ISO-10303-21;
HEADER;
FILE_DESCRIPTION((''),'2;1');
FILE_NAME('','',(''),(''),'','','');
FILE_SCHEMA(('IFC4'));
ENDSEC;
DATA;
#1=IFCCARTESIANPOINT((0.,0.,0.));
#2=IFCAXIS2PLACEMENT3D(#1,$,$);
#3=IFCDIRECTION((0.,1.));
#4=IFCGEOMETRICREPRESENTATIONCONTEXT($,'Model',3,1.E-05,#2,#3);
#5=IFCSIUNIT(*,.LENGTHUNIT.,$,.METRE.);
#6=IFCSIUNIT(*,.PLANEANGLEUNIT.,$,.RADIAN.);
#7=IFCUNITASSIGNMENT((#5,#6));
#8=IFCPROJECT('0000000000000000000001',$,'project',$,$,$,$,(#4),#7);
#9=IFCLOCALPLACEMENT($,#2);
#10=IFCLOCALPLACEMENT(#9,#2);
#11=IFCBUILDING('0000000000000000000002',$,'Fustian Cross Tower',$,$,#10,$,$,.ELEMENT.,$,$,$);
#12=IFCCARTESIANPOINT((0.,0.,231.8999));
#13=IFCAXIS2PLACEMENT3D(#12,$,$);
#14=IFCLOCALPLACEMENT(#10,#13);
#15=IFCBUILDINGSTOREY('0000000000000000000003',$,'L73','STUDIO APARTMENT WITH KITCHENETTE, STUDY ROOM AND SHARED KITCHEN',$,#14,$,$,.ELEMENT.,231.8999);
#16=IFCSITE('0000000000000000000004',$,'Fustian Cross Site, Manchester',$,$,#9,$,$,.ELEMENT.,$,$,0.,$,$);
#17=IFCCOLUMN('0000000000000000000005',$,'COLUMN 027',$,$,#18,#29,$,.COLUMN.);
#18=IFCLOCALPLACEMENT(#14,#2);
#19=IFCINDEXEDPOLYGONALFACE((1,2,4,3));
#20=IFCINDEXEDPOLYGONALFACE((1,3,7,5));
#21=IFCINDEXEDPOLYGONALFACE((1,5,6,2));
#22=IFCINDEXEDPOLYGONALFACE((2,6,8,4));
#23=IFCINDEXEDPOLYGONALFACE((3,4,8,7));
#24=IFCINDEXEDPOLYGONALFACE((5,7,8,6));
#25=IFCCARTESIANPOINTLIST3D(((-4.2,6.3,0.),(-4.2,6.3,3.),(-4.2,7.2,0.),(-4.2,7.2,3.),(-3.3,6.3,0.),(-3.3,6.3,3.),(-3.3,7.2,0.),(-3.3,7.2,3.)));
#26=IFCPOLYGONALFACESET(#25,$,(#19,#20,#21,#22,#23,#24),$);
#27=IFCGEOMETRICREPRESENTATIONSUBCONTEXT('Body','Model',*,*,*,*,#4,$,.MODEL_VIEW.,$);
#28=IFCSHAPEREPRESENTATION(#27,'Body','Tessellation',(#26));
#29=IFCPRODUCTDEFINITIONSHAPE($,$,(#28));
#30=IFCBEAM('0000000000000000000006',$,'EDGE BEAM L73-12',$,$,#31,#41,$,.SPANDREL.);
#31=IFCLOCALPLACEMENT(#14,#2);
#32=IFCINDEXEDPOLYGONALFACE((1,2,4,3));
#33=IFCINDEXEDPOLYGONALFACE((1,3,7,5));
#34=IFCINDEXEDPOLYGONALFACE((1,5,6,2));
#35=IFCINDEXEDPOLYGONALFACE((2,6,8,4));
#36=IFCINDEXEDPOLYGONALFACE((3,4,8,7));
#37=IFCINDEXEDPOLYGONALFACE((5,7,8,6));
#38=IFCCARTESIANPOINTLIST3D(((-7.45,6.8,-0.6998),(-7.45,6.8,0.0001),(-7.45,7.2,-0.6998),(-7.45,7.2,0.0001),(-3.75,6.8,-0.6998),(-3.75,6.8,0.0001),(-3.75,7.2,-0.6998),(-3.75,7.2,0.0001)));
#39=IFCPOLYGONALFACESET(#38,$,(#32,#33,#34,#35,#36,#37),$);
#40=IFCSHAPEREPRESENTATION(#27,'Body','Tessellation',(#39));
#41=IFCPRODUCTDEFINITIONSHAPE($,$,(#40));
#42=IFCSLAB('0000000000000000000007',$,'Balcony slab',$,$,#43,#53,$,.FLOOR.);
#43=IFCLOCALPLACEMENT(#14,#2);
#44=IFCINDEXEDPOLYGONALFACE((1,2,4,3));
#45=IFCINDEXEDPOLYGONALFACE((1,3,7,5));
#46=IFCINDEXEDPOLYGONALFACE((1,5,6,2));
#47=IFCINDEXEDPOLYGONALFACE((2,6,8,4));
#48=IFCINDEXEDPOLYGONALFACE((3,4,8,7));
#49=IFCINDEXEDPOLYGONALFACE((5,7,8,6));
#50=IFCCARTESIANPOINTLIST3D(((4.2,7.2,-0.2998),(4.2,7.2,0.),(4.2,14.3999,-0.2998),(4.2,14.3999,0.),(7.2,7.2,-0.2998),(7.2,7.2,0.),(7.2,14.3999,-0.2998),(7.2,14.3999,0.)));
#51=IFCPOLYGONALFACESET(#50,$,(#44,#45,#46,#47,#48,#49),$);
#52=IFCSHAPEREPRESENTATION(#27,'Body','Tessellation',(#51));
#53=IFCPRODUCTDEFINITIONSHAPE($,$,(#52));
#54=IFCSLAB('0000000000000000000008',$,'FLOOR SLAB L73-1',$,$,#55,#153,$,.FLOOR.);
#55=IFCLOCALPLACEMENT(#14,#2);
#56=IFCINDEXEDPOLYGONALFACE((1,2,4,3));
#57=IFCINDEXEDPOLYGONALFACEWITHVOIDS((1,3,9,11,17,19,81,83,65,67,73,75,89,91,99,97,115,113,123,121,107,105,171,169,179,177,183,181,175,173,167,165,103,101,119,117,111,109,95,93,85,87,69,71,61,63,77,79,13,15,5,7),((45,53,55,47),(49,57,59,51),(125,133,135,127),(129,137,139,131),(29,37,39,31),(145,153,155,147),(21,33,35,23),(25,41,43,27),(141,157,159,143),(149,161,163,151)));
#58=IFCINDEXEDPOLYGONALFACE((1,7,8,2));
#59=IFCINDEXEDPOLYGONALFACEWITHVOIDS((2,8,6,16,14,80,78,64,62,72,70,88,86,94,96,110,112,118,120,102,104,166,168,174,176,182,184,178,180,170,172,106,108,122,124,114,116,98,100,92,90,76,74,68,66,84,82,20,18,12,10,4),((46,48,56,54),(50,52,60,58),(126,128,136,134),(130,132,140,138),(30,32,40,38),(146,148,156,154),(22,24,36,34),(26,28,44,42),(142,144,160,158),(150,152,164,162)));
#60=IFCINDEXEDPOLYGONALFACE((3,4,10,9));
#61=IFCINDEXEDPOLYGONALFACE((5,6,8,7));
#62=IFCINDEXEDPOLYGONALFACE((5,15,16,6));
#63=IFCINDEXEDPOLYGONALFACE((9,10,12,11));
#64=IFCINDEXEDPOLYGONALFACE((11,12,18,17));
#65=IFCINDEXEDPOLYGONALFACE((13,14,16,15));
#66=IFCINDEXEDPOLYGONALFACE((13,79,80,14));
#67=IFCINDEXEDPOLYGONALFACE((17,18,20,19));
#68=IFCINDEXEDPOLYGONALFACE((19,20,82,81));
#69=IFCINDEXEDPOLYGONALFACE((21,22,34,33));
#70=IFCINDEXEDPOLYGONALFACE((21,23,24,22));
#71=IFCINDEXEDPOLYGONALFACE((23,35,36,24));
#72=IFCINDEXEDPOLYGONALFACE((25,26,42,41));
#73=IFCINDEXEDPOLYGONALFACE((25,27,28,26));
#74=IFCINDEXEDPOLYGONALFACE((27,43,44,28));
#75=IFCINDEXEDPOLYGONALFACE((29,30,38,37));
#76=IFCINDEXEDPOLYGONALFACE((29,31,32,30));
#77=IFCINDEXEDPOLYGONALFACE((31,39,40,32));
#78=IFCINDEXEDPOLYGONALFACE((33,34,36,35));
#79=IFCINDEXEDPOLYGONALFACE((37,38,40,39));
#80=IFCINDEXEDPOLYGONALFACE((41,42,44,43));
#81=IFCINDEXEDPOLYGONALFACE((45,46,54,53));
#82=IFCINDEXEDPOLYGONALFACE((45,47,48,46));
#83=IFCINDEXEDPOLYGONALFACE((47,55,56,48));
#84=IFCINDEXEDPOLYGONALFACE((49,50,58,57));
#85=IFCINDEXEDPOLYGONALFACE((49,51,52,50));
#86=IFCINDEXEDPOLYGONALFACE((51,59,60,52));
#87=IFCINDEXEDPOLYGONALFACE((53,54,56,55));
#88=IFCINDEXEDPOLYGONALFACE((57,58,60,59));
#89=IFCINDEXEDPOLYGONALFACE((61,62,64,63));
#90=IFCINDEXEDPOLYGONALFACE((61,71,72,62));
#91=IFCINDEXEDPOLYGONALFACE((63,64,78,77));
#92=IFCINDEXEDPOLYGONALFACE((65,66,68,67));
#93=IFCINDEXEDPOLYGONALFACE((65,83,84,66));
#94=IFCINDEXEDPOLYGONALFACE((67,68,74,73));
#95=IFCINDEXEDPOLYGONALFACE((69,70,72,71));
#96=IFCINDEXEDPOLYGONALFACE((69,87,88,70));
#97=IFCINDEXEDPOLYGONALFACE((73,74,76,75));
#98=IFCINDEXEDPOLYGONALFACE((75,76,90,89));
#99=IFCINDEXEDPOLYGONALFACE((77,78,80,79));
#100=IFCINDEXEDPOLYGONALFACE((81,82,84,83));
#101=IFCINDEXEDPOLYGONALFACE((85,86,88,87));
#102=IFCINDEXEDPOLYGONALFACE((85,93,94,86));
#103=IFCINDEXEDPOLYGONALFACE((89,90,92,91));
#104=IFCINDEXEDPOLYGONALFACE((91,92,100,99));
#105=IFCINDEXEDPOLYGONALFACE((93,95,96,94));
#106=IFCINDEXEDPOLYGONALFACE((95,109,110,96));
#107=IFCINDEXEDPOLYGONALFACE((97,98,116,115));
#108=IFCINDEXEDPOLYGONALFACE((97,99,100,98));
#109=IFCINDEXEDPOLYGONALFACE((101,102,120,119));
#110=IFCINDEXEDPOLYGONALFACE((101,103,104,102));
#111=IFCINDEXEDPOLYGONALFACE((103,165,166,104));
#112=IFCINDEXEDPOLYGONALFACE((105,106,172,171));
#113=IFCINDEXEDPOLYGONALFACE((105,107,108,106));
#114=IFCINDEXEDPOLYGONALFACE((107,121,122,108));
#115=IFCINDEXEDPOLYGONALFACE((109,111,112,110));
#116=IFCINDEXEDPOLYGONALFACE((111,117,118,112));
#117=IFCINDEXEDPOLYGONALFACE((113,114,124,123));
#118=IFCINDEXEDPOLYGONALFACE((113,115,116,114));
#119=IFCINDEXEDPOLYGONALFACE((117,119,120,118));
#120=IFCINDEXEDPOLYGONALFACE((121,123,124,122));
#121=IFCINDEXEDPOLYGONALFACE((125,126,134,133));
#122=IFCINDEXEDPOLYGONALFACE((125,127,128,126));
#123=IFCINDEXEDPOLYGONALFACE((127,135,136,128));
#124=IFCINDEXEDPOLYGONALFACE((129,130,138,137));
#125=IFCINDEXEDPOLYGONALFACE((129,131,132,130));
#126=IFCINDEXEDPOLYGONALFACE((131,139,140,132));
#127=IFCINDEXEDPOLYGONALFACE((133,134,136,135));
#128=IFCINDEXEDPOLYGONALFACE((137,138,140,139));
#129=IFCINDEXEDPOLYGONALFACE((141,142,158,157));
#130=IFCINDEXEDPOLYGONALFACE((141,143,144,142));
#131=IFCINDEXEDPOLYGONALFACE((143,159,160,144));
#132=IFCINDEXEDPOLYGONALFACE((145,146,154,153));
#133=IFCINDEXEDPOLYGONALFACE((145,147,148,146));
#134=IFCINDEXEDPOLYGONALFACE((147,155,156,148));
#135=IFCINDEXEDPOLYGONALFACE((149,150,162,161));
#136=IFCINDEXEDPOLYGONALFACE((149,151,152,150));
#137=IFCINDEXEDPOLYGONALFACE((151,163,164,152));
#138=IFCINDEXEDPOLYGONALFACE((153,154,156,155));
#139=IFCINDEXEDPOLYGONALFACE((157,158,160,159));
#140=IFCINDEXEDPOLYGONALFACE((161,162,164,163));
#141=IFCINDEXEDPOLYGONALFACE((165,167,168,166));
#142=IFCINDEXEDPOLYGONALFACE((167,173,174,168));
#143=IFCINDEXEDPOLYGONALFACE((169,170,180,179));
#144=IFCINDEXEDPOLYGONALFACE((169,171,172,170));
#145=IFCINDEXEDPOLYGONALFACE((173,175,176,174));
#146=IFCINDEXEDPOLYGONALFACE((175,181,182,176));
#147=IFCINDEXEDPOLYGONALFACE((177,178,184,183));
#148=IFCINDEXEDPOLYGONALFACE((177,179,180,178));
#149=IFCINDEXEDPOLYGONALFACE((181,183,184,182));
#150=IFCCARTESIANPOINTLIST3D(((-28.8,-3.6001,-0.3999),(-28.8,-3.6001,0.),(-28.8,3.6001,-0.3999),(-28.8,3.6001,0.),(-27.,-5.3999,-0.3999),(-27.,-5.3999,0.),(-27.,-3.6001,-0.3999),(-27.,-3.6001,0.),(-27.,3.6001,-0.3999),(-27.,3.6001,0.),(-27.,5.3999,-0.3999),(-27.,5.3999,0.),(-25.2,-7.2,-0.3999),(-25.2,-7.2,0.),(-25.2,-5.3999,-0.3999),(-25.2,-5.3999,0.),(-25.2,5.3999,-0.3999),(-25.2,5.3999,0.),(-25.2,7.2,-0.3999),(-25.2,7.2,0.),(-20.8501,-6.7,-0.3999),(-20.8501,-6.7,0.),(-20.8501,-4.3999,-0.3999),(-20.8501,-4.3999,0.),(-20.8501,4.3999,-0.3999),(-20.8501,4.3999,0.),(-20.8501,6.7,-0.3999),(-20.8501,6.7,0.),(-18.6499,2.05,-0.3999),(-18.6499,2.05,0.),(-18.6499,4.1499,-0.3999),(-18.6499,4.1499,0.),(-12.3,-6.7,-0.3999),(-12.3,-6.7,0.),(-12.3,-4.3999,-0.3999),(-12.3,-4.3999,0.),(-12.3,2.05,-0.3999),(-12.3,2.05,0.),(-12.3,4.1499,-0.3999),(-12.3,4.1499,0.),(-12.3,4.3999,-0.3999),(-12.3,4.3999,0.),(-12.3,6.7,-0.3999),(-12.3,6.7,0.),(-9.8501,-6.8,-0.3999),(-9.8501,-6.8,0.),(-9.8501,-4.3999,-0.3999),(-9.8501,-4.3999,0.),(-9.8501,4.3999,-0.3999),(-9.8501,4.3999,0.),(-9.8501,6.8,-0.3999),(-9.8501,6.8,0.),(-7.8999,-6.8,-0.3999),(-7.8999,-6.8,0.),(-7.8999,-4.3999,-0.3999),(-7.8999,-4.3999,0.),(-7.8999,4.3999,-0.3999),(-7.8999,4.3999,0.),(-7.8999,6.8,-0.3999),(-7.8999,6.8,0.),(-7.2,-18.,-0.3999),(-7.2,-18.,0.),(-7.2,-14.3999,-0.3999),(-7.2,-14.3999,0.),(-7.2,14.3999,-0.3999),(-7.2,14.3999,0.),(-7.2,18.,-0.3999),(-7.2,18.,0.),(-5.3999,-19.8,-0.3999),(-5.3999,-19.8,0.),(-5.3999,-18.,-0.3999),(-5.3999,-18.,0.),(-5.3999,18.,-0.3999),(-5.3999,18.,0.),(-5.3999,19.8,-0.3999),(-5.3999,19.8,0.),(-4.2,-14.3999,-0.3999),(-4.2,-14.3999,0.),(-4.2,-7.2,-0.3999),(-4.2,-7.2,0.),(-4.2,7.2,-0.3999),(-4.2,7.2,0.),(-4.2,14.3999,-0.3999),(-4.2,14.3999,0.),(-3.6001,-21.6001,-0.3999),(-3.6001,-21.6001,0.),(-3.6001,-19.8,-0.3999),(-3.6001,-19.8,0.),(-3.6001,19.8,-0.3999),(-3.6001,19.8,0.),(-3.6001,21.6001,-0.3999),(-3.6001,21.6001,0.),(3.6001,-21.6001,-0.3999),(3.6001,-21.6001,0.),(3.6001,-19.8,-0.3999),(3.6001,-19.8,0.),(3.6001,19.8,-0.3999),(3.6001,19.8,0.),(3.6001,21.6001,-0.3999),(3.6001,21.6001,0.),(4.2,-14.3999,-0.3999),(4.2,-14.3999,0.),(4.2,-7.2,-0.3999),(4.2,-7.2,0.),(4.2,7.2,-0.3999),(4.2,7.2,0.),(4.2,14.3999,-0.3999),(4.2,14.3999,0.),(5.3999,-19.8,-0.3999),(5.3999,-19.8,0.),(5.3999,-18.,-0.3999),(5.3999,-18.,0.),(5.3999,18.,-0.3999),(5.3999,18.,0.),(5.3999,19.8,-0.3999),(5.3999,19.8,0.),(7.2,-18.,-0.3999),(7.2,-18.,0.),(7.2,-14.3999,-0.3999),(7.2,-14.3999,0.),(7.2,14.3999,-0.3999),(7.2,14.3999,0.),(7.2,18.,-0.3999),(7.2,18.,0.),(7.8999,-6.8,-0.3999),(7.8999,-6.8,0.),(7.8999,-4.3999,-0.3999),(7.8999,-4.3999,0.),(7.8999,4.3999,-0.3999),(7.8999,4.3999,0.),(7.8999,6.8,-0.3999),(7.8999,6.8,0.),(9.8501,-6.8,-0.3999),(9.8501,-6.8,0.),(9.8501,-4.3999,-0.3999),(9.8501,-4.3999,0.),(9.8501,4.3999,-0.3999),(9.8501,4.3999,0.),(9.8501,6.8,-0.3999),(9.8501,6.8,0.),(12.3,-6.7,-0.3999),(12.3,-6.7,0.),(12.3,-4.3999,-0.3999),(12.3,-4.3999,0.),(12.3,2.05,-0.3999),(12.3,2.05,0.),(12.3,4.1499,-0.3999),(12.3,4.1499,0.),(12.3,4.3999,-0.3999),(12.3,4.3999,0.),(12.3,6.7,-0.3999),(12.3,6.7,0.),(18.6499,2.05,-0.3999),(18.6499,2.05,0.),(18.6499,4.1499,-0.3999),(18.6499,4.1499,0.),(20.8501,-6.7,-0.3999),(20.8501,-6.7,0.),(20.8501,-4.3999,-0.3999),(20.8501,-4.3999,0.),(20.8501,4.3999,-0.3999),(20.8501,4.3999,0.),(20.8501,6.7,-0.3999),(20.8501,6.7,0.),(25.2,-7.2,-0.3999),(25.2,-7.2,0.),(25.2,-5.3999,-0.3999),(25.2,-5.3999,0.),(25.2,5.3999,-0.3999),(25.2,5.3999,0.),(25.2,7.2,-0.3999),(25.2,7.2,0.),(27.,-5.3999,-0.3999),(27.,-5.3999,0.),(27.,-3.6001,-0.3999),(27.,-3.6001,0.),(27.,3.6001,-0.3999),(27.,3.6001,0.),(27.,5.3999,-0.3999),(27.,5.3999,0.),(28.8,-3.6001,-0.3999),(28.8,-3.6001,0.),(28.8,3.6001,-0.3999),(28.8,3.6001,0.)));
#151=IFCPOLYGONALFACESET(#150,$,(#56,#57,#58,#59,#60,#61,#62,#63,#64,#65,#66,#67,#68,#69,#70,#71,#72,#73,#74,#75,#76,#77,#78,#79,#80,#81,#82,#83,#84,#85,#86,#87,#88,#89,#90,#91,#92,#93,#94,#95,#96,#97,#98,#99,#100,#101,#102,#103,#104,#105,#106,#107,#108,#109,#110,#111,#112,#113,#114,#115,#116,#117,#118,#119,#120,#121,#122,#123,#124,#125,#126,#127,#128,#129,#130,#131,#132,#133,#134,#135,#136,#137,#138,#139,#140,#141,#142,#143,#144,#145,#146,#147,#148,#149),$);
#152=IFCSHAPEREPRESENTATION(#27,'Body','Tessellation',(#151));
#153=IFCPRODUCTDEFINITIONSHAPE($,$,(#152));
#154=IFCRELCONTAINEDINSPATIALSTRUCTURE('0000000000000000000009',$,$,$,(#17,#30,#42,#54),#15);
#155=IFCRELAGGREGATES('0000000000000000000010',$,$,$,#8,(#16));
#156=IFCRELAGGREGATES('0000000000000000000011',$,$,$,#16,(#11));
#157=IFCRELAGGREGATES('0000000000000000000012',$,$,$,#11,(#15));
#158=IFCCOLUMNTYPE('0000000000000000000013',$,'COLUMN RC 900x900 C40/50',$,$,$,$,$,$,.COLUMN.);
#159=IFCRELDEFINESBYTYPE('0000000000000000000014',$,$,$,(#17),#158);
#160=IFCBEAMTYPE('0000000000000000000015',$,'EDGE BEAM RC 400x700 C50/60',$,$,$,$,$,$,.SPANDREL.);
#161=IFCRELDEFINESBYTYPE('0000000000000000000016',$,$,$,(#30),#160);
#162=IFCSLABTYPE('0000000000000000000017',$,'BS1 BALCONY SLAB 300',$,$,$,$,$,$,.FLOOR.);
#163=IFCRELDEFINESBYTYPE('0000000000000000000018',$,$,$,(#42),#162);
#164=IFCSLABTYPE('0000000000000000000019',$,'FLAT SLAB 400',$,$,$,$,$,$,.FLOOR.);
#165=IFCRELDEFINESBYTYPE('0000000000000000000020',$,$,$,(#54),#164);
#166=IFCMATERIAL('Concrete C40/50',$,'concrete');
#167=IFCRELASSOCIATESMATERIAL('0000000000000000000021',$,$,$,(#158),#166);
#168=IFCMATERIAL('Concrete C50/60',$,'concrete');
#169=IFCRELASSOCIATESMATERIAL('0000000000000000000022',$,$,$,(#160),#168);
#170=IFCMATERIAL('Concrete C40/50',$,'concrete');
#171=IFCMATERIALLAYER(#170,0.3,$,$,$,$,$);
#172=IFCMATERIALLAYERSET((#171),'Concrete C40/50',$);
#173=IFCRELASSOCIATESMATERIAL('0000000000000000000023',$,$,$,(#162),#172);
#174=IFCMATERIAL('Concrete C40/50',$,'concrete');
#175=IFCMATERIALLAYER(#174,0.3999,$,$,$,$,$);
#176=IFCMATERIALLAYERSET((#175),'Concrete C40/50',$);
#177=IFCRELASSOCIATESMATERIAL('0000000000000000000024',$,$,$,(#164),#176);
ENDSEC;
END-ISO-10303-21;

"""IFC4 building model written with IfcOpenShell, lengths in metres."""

from ifc_helpers import new_model, si_unit, direction, frame, origin, origin_2d, place, context, subcontext, project, spatial, polyline, rectangle, outline, extrude, material, layer, layer_set, material_profile, profile_set, type_object, element, save


model = new_model("IFC4")

# Units and contexts
model_context = context("Model", 3, precision=1e-05, world=origin(), true_north=direction((0.0, 1.0)))
body_context = subcontext(model_context, "Body", "Model", "MODEL_VIEW")
ifc_project = project(units=[si_unit("LENGTHUNIT", "METRE"), si_unit("PLANEANGLEUNIT", "RADIAN")], contexts=[model_context])

# Site, building, storey
site_placement = place(None, origin())
site = spatial("IfcSite", under=ifc_project, at=site_placement, Name="Fustian Cross Site, Manchester", CompositionType="ELEMENT", RefElevation=0.0)
building_placement = place(site_placement, origin())
building = spatial("IfcBuilding", under=site, at=building_placement, Name="Fustian Cross Tower", CompositionType="ELEMENT")
storey_placement = place(building_placement, frame((0.0, 0.0, 231.8999)))
storey = spatial("IfcBuildingStorey", under=building, at=storey_placement, Name="L73", Description="STUDIO APARTMENT WITH KITCHENETTE, STUDY ROOM AND SHARED KITCHEN", CompositionType="ELEMENT", Elevation=231.8999)

# Column
ifc_material_1 = material(Name="Concrete C40/50", Category="concrete")
ifc_material_profile_1 = material_profile(ifc_material_1, rectangle(XDim=0.8999, YDim=0.8999, at=origin_2d()), Name="RC 900x900")
ifc_profile_set_1 = profile_set([ifc_material_profile_1], Name="Concrete C40/50")
column_type = type_object("IfcColumnType", Name="COLUMN RC 900x900 C40/50", PredefinedType="COLUMN", material=ifc_profile_set_1)
column_placement = place(storey_placement, frame((-3.75, 6.75, 0.0), z_axis=(0.0, 0.0, 1.0), x_axis=(1.0, 0.0, 0.0)))
element("IfcColumn", 1, at=column_placement, inside=storey, type_object=column_type, Name="COLUMN 027", PredefinedType="COLUMN", context=body_context, shape_type="SweptSolid", body=[
    extrude(rectangle(XDim=0.8999, YDim=0.8999, at=origin_2d()), origin(), (0.0, 0.0, 1.0), 3.0),
])

# Beam
ifc_material_2 = material(Name="Concrete C50/60", Category="concrete")
ifc_material_profile_2 = material_profile(ifc_material_2, rectangle(XDim=0.3999, YDim=0.7, at=origin_2d()), Name="RC 400x700")
ifc_profile_set_2 = profile_set([ifc_material_profile_2], Name="Concrete C50/60")
beam_type = type_object("IfcBeamType", Name="EDGE BEAM RC 400x700 C50/60", PredefinedType="SPANDREL", material=ifc_profile_set_2)
beam_placement = place(storey_placement, frame((-3.75, 7.0, -0.3499), z_axis=(-1.0, 0.0, 0.0), x_axis=(0.0, -1.0, 0.0)))
element("IfcBeam", 2, at=beam_placement, inside=storey, type_object=beam_type, Name="EDGE BEAM L73-12", PredefinedType="SPANDREL", context=body_context, shape_type="SweptSolid", body=[
    extrude(rectangle(XDim=0.3999, YDim=0.7, at=origin_2d()), origin(), (0.0, 0.0, 1.0), 3.7),
])

# Slabs
ifc_material_3 = material(Name="Concrete C40/50", Category="concrete")
ifc_layer_1 = layer(ifc_material_3, 0.3)
ifc_layer_set_1 = layer_set([ifc_layer_1], Name="Concrete C40/50")
slab_type_1 = type_object("IfcSlabType", Name="BS1 BALCONY SLAB 300", PredefinedType="FLOOR", material=ifc_layer_set_1)
slab_1_placement = place(storey_placement, frame((0.0, 0.0, -0.2998)))
element("IfcSlab", 3, at=slab_1_placement, inside=storey, type_object=slab_type_1, Name="Balcony slab", PredefinedType="FLOOR", context=body_context, shape_type="SweptSolid", body=[
    extrude(outline(polyline([(4.2, 7.2), (7.2, 7.2), (7.2, 14.3999), (4.2, 14.3999), (4.2, 7.2)])), origin(), (0.0, 0.0, 1.0), 0.2998),
])
ifc_material_4 = material(Name="Concrete C40/50", Category="concrete")
ifc_layer_2 = layer(ifc_material_4, 0.3999)
ifc_layer_set_2 = layer_set([ifc_layer_2], Name="Concrete C40/50")
slab_type_2 = type_object("IfcSlabType", Name="FLAT SLAB 400", PredefinedType="FLOOR", material=ifc_layer_set_2)
slab_2_placement = place(storey_placement, frame((0.0, 0.0, -0.3999)))
element("IfcSlab", 4, at=slab_2_placement, inside=storey, type_object=slab_type_2, Name="FLOOR SLAB L73-1", PredefinedType="FLOOR", context=body_context, shape_type="SweptSolid", body=[
    extrude(outline(polyline([(-3.6001, -19.8), (-5.3999, -19.8), (-5.3999, -18.0), (-7.2, -18.0), (-7.2, -14.3999), (-4.2, -14.3999), (-4.2, -7.2), (-25.2, -7.2), (-25.2, -5.3999), (-27.0, -5.3999), (-27.0, -3.6001), (-28.8, -3.6001), (-28.8, 3.6001), (-27.0, 3.6001), (-27.0, 5.3999), (-25.2, 5.3999), (-25.2, 7.2), (-4.2, 7.2), (-4.2, 14.3999), (-7.2, 14.3999), (-7.2, 18.0), (-5.3999, 18.0), (-5.3999, 19.8), (-3.6001, 19.8), (-3.6001, 21.6001), (3.6001, 21.6001), (3.6001, 19.8), (5.3999, 19.8), (5.3999, 18.0), (7.2, 18.0), (7.2, 14.3999), (4.2, 14.3999), (4.2, 7.2), (25.2, 7.2), (25.2, 5.3999), (27.0, 5.3999), (27.0, 3.6001), (28.8, 3.6001), (28.8, -3.6001), (27.0, -3.6001), (27.0, -5.3999), (25.2, -5.3999), (25.2, -7.2), (4.2, -7.2), (4.2, -14.3999), (7.2, -14.3999), (7.2, -18.0), (5.3999, -18.0), (5.3999, -19.8), (3.6001, -19.8), (3.6001, -21.6001), (-3.6001, -21.6001), (-3.6001, -19.8)]), holes=[polyline([(7.8999, 6.8), (7.8999, 4.3999), (9.8501, 4.3999), (9.8501, 6.8), (7.8999, 6.8)]), polyline([(9.8501, -4.3999), (7.8999, -4.3999), (7.8999, -6.8), (9.8501, -6.8), (9.8501, -4.3999)]), polyline([(-7.8999, 4.3999), (-7.8999, 6.8), (-9.8501, 6.8), (-9.8501, 4.3999), (-7.8999, 4.3999)]), polyline([(-9.8501, -6.8), (-7.8999, -6.8), (-7.8999, -4.3999), (-9.8501, -4.3999), (-9.8501, -6.8)]), polyline([(12.3, 4.1499), (12.3, 2.05), (18.6499, 2.05), (18.6499, 4.1499), (12.3, 4.1499)]), polyline([(-12.3, 4.1499), (-18.6499, 4.1499), (-18.6499, 2.05), (-12.3, 2.05), (-12.3, 4.1499)]), polyline([(20.8501, 4.3999), (20.8501, 6.7), (12.3, 6.7), (12.3, 4.3999), (20.8501, 4.3999)]), polyline([(12.3, -6.7), (20.8501, -6.7), (20.8501, -4.3999), (12.3, -4.3999), (12.3, -6.7)]), polyline([(-20.8501, 6.7), (-20.8501, 4.3999), (-12.3, 4.3999), (-12.3, 6.7), (-20.8501, 6.7)]), polyline([(-12.3, -4.3999), (-20.8501, -4.3999), (-20.8501, -6.7), (-12.3, -6.7), (-12.3, -4.3999)])]), origin(), (0.0, 0.0, 1.0), 0.3999),
])

save(model, "model.ifc")
